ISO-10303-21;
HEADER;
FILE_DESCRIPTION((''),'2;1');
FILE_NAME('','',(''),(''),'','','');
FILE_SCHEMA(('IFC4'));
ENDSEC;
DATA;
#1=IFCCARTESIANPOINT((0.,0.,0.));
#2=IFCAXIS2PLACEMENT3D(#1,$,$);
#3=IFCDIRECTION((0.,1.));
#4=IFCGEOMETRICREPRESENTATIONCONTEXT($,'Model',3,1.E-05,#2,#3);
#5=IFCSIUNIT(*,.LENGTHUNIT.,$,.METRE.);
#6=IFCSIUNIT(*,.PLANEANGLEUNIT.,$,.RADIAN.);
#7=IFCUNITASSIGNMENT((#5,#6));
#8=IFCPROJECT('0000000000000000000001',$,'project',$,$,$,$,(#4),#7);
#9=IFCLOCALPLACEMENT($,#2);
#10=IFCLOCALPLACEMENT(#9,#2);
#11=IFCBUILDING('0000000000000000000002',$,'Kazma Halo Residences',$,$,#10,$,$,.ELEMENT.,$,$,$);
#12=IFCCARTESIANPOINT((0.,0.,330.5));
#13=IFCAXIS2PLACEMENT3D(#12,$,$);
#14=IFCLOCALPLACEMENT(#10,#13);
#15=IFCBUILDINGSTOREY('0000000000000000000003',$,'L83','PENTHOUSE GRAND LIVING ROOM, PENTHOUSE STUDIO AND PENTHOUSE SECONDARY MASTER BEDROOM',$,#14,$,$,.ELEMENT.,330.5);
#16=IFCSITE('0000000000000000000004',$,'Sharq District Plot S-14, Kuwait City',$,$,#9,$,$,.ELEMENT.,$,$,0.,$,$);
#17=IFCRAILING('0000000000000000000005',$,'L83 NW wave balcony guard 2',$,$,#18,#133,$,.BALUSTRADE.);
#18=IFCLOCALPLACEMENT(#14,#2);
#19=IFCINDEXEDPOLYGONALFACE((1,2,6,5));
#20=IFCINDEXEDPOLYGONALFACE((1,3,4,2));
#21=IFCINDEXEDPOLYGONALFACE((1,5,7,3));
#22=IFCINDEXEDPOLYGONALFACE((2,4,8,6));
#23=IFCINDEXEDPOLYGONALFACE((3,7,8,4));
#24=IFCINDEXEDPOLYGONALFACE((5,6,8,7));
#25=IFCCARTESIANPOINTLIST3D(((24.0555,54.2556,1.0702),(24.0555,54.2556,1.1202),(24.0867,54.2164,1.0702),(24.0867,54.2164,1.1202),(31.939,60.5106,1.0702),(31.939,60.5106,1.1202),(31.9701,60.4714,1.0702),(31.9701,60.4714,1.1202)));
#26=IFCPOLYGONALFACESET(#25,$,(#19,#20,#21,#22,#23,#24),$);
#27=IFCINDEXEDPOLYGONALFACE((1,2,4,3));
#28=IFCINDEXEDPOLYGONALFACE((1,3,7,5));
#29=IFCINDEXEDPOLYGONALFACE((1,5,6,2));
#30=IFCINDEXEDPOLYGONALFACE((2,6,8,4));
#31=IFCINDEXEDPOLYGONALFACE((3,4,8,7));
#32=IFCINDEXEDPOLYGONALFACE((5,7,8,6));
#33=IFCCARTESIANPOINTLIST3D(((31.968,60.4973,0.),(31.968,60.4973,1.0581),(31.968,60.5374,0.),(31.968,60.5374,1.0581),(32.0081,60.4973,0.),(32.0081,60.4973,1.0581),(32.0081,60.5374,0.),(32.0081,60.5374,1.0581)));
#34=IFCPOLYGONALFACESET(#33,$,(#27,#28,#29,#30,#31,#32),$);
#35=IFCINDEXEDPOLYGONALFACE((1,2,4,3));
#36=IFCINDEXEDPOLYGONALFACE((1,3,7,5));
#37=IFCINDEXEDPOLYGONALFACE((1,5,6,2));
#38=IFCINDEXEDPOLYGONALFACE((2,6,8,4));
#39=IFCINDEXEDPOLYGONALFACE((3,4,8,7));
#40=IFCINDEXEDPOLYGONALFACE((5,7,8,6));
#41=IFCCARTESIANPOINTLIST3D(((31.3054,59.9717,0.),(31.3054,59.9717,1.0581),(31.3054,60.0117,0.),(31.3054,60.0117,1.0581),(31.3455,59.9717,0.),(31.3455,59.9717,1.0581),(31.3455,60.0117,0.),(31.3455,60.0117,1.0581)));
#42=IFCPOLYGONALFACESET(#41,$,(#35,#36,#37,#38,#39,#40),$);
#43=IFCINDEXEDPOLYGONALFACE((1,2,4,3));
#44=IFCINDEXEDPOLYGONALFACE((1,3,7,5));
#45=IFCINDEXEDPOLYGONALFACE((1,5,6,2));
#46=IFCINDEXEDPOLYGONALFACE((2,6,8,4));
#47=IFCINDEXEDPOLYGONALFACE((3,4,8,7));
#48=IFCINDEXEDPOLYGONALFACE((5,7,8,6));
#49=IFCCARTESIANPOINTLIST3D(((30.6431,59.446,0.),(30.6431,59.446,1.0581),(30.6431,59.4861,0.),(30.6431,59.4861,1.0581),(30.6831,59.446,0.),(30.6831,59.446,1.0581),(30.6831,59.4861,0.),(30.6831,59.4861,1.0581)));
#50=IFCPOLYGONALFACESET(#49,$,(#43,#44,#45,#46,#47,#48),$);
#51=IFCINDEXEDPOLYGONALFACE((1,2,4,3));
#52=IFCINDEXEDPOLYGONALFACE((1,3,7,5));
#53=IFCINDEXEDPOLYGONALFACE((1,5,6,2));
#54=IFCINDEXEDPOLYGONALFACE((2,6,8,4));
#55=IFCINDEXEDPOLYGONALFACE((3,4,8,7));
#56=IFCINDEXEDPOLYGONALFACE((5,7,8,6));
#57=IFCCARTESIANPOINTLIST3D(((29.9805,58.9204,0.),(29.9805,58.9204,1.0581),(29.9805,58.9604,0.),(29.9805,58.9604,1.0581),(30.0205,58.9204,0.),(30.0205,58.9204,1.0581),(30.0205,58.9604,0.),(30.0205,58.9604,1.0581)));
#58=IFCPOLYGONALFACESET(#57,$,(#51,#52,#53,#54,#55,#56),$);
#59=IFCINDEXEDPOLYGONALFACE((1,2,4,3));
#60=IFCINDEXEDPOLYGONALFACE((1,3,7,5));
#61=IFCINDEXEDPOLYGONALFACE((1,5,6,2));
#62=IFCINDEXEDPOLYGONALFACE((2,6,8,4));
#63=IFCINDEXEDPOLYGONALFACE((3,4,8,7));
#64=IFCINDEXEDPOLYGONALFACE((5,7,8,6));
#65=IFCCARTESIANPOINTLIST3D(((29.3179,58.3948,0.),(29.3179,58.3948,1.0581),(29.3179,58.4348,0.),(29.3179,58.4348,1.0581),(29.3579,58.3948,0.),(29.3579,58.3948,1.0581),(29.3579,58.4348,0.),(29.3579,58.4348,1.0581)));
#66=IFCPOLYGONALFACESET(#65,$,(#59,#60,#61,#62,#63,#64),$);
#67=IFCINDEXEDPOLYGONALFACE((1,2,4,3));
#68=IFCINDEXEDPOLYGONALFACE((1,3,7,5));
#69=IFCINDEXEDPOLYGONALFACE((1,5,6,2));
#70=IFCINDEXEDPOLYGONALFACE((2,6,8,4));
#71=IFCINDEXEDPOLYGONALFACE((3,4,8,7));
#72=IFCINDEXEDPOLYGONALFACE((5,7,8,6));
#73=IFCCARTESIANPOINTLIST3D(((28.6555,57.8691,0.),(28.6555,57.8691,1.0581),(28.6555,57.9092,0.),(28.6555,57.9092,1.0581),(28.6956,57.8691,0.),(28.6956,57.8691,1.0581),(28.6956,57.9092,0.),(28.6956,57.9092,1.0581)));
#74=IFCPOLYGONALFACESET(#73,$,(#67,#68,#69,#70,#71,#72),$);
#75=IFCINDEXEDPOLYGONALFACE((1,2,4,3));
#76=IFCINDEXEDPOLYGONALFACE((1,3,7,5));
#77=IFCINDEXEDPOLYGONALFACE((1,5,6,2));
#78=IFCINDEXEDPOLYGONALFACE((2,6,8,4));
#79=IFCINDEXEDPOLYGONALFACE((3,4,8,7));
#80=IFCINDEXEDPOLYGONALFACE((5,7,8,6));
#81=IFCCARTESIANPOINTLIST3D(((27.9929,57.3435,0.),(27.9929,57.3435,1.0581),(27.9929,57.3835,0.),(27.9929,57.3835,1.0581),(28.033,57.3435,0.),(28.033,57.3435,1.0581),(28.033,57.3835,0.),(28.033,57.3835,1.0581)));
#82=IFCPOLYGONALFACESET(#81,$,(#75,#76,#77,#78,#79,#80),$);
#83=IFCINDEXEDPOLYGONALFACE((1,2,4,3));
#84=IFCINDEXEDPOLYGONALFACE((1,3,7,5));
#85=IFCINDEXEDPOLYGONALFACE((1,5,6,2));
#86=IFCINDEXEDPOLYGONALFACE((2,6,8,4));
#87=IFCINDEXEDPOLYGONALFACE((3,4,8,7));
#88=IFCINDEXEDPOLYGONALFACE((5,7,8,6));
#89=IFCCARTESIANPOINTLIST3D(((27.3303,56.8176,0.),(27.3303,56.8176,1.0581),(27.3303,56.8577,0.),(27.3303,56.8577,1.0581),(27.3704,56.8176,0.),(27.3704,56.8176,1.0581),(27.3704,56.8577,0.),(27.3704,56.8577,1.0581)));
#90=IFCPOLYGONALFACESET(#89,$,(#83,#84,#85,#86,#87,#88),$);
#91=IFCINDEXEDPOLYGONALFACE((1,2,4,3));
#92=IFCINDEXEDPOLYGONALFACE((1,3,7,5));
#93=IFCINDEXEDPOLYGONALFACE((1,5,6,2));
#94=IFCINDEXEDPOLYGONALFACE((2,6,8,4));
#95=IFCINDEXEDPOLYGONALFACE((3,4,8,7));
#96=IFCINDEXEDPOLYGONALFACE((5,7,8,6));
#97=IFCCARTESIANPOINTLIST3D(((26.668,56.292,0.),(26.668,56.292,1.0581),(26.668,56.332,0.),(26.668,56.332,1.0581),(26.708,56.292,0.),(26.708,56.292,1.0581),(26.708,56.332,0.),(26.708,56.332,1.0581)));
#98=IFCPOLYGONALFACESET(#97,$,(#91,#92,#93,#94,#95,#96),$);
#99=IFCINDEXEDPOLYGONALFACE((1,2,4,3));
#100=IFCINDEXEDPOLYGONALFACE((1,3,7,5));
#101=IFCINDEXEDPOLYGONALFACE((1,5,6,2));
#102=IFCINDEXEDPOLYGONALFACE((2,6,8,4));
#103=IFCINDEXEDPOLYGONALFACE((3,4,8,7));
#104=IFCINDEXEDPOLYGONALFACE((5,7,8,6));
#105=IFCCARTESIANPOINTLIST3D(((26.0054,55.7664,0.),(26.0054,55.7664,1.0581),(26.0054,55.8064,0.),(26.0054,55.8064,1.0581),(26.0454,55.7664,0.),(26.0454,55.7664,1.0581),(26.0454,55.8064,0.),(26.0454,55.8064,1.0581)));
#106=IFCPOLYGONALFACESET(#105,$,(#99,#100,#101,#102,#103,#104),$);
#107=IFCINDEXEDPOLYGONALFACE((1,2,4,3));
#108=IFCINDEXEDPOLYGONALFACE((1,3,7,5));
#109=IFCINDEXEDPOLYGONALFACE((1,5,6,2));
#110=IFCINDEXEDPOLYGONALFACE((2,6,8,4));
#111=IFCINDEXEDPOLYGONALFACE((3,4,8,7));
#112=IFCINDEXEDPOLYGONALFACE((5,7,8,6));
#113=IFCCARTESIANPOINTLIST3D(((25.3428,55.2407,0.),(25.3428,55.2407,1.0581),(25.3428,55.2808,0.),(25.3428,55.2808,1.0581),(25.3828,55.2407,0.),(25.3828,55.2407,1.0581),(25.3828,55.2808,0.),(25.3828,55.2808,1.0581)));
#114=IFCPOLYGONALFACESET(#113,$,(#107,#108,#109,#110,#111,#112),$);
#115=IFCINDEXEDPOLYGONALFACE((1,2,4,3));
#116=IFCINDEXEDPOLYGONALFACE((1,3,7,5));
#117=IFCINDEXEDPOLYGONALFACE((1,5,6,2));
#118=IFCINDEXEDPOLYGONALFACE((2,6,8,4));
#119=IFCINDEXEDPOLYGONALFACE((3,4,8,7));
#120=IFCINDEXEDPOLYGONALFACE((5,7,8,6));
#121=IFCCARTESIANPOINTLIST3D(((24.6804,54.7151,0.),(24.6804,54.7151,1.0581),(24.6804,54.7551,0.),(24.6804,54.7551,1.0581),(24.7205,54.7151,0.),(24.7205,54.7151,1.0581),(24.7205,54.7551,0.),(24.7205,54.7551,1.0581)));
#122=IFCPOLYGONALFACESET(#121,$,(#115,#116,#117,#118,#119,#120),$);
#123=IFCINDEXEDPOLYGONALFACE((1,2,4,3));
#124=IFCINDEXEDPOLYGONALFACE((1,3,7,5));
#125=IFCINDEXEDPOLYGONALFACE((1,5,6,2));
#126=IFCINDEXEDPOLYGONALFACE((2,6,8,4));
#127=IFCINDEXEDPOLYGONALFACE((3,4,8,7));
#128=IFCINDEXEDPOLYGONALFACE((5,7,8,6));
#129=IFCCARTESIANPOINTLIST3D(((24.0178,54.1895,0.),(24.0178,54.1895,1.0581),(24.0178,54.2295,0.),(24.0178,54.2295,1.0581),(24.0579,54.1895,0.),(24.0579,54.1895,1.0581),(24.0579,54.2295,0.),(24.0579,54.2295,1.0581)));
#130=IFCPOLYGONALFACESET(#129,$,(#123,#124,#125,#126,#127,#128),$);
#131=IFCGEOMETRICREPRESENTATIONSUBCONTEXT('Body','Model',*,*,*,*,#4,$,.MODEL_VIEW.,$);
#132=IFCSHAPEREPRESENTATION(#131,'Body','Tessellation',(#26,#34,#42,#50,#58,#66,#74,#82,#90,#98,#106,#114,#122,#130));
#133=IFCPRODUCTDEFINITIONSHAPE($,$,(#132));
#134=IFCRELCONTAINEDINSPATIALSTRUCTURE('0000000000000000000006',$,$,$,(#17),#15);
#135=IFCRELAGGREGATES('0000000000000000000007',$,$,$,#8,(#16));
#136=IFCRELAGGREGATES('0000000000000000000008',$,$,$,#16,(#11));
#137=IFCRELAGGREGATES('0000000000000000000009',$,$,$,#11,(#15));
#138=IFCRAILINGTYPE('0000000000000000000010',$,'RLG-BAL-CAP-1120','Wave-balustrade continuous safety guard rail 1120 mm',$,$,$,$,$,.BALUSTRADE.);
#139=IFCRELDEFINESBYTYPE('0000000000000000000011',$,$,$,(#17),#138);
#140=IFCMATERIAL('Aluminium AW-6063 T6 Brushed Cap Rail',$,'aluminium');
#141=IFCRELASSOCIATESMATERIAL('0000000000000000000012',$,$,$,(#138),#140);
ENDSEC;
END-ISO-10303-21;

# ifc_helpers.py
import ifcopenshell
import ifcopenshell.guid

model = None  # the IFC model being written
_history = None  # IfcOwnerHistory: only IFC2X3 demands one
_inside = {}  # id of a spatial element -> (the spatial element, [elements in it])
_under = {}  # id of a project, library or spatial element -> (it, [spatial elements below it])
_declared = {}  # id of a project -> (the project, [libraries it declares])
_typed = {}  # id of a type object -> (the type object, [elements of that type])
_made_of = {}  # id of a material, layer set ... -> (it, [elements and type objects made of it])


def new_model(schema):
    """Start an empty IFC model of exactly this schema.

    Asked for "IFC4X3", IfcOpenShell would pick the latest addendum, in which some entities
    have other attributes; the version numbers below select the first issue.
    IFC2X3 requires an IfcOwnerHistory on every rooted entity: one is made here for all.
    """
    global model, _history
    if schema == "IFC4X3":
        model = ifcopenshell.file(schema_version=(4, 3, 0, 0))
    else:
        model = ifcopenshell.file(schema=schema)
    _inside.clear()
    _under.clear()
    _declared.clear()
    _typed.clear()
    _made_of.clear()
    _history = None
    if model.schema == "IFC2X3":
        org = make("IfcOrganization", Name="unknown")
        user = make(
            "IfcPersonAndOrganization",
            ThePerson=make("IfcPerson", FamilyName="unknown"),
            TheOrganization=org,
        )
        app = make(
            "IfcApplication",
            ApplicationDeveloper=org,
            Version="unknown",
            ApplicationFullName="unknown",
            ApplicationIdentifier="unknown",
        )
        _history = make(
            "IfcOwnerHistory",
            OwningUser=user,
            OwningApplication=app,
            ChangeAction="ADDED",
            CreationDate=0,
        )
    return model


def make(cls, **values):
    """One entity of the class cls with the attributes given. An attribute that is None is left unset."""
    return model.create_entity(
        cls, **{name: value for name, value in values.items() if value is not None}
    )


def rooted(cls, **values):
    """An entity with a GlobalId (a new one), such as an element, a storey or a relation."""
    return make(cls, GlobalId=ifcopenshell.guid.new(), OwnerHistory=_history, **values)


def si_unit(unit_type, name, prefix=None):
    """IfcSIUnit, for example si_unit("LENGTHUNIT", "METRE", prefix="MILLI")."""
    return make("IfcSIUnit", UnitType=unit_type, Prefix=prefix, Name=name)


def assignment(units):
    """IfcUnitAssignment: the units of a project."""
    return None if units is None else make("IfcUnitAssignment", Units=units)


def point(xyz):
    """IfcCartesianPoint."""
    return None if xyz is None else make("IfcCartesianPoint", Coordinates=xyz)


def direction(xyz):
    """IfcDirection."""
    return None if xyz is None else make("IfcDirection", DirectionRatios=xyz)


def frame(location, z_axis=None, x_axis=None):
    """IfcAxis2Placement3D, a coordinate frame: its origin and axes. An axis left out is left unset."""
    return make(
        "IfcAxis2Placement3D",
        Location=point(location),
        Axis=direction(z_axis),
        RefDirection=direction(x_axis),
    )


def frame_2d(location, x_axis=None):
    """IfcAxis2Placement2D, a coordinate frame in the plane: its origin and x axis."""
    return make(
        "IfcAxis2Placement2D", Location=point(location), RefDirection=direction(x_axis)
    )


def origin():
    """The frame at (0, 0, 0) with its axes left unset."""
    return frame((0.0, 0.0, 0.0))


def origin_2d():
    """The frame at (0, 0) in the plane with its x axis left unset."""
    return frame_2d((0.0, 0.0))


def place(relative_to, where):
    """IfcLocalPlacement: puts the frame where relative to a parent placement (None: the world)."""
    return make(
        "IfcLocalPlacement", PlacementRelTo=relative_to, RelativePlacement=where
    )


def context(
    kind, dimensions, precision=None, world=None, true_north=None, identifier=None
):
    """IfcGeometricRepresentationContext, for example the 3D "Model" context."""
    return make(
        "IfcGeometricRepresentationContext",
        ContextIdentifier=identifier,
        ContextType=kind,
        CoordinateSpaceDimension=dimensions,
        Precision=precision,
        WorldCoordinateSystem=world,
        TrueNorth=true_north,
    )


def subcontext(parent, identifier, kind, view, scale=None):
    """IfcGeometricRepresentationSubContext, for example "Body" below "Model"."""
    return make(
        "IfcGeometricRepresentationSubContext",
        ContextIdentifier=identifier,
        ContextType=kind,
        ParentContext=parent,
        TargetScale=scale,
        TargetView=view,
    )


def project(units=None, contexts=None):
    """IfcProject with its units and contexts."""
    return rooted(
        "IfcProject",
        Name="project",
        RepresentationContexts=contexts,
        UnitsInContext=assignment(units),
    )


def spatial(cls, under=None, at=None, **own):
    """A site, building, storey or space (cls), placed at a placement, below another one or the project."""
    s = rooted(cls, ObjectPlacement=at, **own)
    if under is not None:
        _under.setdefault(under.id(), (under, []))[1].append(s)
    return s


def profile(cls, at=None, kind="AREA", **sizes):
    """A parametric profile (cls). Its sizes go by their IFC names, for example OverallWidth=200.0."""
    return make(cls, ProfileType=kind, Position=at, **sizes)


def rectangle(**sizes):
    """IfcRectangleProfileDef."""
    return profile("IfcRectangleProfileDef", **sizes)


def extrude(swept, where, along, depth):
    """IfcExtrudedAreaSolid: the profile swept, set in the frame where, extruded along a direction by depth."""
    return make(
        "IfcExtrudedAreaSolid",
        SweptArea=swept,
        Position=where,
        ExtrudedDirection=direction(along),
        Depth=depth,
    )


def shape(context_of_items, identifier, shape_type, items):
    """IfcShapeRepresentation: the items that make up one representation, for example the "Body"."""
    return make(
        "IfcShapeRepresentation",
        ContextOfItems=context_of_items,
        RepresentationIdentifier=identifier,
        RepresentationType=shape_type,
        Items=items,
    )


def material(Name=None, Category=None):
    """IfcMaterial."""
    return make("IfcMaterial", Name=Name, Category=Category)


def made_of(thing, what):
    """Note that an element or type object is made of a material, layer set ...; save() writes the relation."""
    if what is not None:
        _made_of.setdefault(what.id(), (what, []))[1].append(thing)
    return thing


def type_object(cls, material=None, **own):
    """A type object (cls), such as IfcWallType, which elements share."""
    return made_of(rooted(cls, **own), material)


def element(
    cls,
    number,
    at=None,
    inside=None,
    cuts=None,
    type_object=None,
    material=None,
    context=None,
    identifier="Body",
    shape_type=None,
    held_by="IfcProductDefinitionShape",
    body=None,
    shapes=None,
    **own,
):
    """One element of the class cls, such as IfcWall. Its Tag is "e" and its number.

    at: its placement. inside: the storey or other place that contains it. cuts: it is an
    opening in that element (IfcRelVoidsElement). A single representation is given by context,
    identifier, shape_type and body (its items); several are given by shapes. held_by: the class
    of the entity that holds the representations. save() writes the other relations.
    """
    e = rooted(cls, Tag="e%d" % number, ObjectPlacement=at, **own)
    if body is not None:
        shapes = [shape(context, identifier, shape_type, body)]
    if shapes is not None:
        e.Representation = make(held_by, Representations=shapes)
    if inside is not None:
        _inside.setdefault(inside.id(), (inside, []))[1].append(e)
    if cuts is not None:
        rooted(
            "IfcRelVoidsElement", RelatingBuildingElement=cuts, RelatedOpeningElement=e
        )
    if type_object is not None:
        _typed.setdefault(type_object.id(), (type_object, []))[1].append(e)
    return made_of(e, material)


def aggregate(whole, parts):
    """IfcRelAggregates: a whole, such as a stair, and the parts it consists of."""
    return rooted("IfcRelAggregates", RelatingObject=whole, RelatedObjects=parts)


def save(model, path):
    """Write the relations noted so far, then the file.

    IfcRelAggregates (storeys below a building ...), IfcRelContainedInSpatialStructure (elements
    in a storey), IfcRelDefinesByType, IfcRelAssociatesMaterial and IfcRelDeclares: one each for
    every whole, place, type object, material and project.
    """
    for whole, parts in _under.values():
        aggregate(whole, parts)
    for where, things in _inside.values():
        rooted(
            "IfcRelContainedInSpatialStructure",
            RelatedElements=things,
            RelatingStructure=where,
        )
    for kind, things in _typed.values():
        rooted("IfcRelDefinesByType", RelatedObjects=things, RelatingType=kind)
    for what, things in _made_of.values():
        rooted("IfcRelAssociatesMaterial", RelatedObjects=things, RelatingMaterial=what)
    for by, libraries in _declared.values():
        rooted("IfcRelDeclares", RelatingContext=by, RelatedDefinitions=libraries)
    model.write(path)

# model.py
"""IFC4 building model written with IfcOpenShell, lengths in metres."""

from ifc_helpers import new_model, si_unit, direction, frame, origin, origin_2d, place, context, subcontext, project, spatial, rectangle, extrude, material, type_object, element, save


model = new_model("IFC4")

# Units and contexts
model_context = context("Model", 3, precision=1e-05, world=origin(), true_north=direction((0.0, 1.0)))
body_context = subcontext(model_context, "Body", "Model", "MODEL_VIEW")
ifc_project = project(units=[si_unit("LENGTHUNIT", "METRE"), si_unit("PLANEANGLEUNIT", "RADIAN")], contexts=[model_context])

# Site, building, storey
site_placement = place(None, origin())
site = spatial("IfcSite", under=ifc_project, at=site_placement, Name="Sharq District Plot S-14, Kuwait City", CompositionType="ELEMENT", RefElevation=0.0)
building_placement = place(site_placement, origin())
building = spatial("IfcBuilding", under=site, at=building_placement, Name="Kazma Halo Residences", CompositionType="ELEMENT")
storey_placement = place(building_placement, frame((0.0, 0.0, 330.5)))
storey = spatial("IfcBuildingStorey", under=building, at=storey_placement, Name="L83", Description="PENTHOUSE GRAND LIVING ROOM, PENTHOUSE STUDIO AND PENTHOUSE SECONDARY MASTER BEDROOM", CompositionType="ELEMENT", Elevation=330.5)

# Railing
ifc_material_1 = material(Name="Aluminium AW-6063 T6 Brushed Cap Rail", Category="aluminium")
railing_type = type_object("IfcRailingType", Name="RLG-BAL-CAP-1120", Description="Wave-balustrade continuous safety guard rail 1120 mm", PredefinedType="BALUSTRADE", material=ifc_material_1)
railing_1_placement = place(storey_placement, frame((31.988, 60.5173, 0.0)))
element("IfcRailing", 1, at=railing_1_placement, inside=storey, type_object=railing_type, Name="L83 NW wave balcony guard 2", PredefinedType="BALUSTRADE", context=body_context, shape_type="SweptSolid", body=[
    extrude(rectangle(XDim=0.05, YDim=0.05, at=origin_2d()), frame((-0.0334, -0.0264, 1.0952), z_axis=(-0.783376, -0.621548, 0.0), x_axis=(0.621548, -0.783376, 0.0)), (0.0, 0.0, 1.0), 10.0635),
    extrude(rectangle(XDim=0.04, YDim=0.04, at=origin_2d()), origin(), (0.0, 0.0, 1.0), 1.0581),
    extrude(rectangle(XDim=0.04, YDim=0.04, at=origin_2d()), frame((-0.6626, -0.5256, 0.0)), (0.0, 0.0, 1.0), 1.0581),
    extrude(rectangle(XDim=0.04, YDim=0.04, at=origin_2d()), frame((-1.325, -1.0513, 0.0)), (0.0, 0.0, 1.0), 1.0581),
    extrude(rectangle(XDim=0.04, YDim=0.04, at=origin_2d()), frame((-1.9875, -1.5769, 0.0)), (0.0, 0.0, 1.0), 1.0581),
    extrude(rectangle(XDim=0.04, YDim=0.04, at=origin_2d()), frame((-2.6501, -2.1025, 0.0)), (0.0, 0.0, 1.0), 1.0581),
    extrude(rectangle(XDim=0.04, YDim=0.04, at=origin_2d()), frame((-3.3125, -2.6282, 0.0)), (0.0, 0.0, 1.0), 1.0581),
    extrude(rectangle(XDim=0.04, YDim=0.04, at=origin_2d()), frame((-3.9751, -3.1538, 0.0)), (0.0, 0.0, 1.0), 1.0581),
    extrude(rectangle(XDim=0.04, YDim=0.04, at=origin_2d()), frame((-4.6377, -3.6797, 0.0)), (0.0, 0.0, 1.0), 1.0581),
    extrude(rectangle(XDim=0.04, YDim=0.04, at=origin_2d()), frame((-5.3, -4.2053, 0.0)), (0.0, 0.0, 1.0), 1.0581),
    extrude(rectangle(XDim=0.04, YDim=0.04, at=origin_2d()), frame((-5.9626, -4.731, 0.0)), (0.0, 0.0, 1.0), 1.0581),
    extrude(rectangle(XDim=0.04, YDim=0.04, at=origin_2d()), frame((-6.6252, -5.2566, 0.0)), (0.0, 0.0, 1.0), 1.0581),
    extrude(rectangle(XDim=0.04, YDim=0.04, at=origin_2d()), frame((-7.2876, -5.7822, 0.0)), (0.0, 0.0, 1.0), 1.0581),
    extrude(rectangle(XDim=0.04, YDim=0.04, at=origin_2d()), frame((-7.9502, -6.3079, 0.0)), (0.0, 0.0, 1.0), 1.0581),
])

save(model, "model.ifc")
